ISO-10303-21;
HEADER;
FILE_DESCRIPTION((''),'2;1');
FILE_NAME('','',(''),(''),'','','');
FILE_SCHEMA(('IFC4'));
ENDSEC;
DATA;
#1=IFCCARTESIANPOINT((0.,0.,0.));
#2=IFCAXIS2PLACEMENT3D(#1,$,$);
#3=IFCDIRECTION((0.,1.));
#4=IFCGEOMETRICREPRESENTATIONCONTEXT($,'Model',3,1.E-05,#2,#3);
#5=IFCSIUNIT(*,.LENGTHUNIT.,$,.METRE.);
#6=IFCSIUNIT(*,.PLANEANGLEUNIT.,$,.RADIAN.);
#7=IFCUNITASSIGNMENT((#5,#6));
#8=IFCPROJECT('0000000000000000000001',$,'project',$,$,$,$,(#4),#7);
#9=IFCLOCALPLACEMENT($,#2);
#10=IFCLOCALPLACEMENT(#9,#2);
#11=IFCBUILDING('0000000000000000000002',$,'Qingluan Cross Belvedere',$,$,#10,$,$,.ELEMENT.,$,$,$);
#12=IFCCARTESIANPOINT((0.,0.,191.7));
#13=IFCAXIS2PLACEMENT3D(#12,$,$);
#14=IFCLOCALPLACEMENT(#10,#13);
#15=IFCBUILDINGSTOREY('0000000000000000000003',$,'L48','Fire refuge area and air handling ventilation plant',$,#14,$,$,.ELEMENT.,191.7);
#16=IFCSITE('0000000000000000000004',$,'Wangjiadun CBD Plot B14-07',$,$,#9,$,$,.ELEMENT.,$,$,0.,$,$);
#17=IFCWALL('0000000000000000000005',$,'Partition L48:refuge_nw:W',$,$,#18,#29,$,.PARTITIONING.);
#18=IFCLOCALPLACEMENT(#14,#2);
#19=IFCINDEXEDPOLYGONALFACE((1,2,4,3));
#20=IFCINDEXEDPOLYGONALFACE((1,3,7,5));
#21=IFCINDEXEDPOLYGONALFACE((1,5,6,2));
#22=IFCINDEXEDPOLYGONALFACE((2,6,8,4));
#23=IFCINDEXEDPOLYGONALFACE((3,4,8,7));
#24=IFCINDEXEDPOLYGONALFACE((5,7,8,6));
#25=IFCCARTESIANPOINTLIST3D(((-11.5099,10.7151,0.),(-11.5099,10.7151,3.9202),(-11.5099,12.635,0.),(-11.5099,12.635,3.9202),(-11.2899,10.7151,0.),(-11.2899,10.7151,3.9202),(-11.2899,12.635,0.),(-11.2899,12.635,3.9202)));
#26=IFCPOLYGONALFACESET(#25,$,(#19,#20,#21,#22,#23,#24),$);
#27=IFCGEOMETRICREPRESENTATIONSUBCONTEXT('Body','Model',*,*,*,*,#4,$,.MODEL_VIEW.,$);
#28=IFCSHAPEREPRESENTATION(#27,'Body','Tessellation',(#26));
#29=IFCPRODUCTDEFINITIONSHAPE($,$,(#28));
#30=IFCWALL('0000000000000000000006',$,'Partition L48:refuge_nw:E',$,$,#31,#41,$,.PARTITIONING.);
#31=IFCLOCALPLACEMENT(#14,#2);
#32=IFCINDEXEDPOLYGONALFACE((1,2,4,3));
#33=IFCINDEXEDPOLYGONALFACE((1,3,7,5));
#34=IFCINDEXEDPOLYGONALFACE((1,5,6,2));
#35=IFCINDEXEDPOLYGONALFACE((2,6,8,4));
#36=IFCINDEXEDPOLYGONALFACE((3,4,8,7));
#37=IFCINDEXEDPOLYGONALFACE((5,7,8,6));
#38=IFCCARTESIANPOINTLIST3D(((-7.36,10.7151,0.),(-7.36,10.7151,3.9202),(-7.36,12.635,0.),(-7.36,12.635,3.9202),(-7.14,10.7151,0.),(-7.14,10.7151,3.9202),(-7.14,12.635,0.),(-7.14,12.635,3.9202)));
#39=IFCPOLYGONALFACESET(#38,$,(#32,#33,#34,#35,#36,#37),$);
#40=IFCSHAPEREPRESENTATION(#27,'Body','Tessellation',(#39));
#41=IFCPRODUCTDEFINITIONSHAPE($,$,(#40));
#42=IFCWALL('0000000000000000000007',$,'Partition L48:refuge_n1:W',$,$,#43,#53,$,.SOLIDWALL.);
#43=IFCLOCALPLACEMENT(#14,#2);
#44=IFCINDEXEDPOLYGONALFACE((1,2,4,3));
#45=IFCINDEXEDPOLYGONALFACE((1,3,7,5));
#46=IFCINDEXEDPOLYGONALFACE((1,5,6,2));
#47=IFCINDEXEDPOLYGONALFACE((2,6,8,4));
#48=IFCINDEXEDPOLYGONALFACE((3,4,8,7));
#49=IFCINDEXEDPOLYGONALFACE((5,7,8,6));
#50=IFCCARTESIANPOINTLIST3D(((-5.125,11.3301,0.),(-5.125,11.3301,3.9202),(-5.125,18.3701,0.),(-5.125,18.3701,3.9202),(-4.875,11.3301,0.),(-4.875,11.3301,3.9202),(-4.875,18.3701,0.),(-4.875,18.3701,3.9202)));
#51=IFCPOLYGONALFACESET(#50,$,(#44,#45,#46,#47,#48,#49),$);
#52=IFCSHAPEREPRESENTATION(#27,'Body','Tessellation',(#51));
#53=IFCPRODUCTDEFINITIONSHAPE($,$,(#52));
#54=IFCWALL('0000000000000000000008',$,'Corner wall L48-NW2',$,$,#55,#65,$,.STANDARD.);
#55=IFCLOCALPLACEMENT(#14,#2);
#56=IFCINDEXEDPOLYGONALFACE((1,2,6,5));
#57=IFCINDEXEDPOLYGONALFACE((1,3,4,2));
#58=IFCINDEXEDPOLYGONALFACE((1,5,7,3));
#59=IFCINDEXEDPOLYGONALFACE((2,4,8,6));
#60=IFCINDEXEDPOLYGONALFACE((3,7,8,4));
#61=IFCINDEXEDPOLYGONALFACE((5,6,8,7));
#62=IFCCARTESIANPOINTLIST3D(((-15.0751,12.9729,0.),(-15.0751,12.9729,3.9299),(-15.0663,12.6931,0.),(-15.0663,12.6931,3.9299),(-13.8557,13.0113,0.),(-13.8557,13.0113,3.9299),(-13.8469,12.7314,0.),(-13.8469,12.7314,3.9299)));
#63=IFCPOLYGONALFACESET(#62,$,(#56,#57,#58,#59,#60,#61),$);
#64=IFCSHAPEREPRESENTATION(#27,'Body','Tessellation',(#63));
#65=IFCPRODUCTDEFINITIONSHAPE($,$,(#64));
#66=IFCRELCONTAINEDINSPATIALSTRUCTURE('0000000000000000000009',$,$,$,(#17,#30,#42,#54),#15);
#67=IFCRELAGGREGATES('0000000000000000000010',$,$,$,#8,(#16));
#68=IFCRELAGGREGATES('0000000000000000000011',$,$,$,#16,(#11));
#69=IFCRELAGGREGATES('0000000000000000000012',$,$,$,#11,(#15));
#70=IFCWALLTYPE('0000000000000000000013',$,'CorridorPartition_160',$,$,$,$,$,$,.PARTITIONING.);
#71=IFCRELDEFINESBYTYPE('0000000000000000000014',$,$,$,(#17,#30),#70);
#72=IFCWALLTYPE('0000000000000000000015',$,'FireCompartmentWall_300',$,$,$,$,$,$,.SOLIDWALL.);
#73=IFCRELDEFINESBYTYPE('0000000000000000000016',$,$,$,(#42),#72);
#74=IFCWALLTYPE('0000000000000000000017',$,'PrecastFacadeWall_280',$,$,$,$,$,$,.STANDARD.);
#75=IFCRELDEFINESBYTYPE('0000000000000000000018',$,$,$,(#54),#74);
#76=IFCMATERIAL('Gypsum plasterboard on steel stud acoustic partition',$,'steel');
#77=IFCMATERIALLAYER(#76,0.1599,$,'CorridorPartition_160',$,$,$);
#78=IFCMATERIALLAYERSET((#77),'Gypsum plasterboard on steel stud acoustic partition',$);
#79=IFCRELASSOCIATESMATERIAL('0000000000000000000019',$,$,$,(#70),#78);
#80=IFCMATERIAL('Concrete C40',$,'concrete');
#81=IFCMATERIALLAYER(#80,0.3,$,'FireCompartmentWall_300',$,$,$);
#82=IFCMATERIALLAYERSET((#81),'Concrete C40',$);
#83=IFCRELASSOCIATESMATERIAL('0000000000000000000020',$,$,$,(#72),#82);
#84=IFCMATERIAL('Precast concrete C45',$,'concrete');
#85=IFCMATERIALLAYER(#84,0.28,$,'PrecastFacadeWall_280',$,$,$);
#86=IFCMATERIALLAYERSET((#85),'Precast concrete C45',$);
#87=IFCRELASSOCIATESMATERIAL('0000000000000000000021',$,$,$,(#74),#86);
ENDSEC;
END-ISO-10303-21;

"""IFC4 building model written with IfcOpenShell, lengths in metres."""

from ifc_helpers import new_model, si_unit, direction, frame, frame_2d, origin, place, context, subcontext, project, spatial, rectangle, extrude, material, layer, layer_set, type_object, element, save


model = new_model("IFC4")

# Units and contexts
model_context = context("Model", 3, precision=1e-05, world=origin(), true_north=direction((0.0, 1.0)))
body_context = subcontext(model_context, "Body", "Model", "MODEL_VIEW")
ifc_project = project(units=[si_unit("LENGTHUNIT", "METRE"), si_unit("PLANEANGLEUNIT", "RADIAN")], contexts=[model_context])

# Site, building, storey
site_placement = place(None, origin())
site = spatial("IfcSite", under=ifc_project, at=site_placement, Name="Wangjiadun CBD Plot B14-07", CompositionType="ELEMENT", RefElevation=0.0)
building_placement = place(site_placement, origin())
building = spatial("IfcBuilding", under=site, at=building_placement, Name="Qingluan Cross Belvedere", CompositionType="ELEMENT")
storey_placement = place(building_placement, frame((0.0, 0.0, 191.7)))
storey = spatial("IfcBuildingStorey", under=building, at=storey_placement, Name="L48", Description="Fire refuge area and air handling ventilation plant", CompositionType="ELEMENT", Elevation=191.7)

# Shared definitions
ifc_material_1 = material(Name="Gypsum plasterboard on steel stud acoustic partition", Category="steel")
ifc_layer_1 = layer(ifc_material_1, 0.1599, Name="CorridorPartition_160")
ifc_layer_set_1 = layer_set([ifc_layer_1], Name="Gypsum plasterboard on steel stud acoustic partition")
wall_type_1 = type_object("IfcWallType", Name="CorridorPartition_160", PredefinedType="PARTITIONING", material=ifc_layer_set_1)

# Walls
for number, where, z_axis, x_axis, name in (
    (1, (-11.3999, 10.7151, 0.0), (0.0, 0.0, 1.0), (0.0, 1.0, 0.0), "Partition L48:refuge_nw:W"),
    (2, (-7.25, 10.7151, 0.0), (0.0, 0.0, 1.0), (0.0, 1.0, 0.0), "Partition L48:refuge_nw:E"),
):
    element("IfcWall", number, at=place(storey_placement, frame(where, z_axis=z_axis, x_axis=x_axis)), inside=storey, type_object=wall_type_1, Name=name, PredefinedType="PARTITIONING", context=body_context, shape_type="SweptSolid", body=[
        extrude(rectangle(XDim=1.9199, YDim=0.22, at=frame_2d((0.96, 0.0))), origin(), (0.0, 0.0, 1.0), 3.9202),
    ])

# Shared definitions
ifc_material_2 = material(Name="Concrete C40", Category="concrete")
ifc_layer_2 = layer(ifc_material_2, 0.3, Name="FireCompartmentWall_300")
ifc_layer_set_2 = layer_set([ifc_layer_2], Name="Concrete C40")
wall_type_2 = type_object("IfcWallType", Name="FireCompartmentWall_300", PredefinedType="SOLIDWALL", material=ifc_layer_set_2)

# Walls
wall_1_placement = place(storey_placement, frame((-5.0, 11.3301, 0.0), z_axis=(0.0, 0.0, 1.0), x_axis=(0.0, 1.0, 0.0)))
element("IfcWall", 3, at=wall_1_placement, inside=storey, type_object=wall_type_2, Name="Partition L48:refuge_n1:W", PredefinedType="SOLIDWALL", context=body_context, shape_type="SweptSolid", body=[
    extrude(rectangle(XDim=7.04, YDim=0.25, at=frame_2d((3.52, 0.0))), origin(), (0.0, 0.0, 1.0), 3.9202),
])
ifc_material_3 = material(Name="Precast concrete C45", Category="concrete")
ifc_layer_3 = layer(ifc_material_3, 0.28, Name="PrecastFacadeWall_280")
ifc_layer_set_3 = layer_set([ifc_layer_3], Name="Precast concrete C45")
wall_type_3 = type_object("IfcWallType", Name="PrecastFacadeWall_280", PredefinedType="STANDARD", material=ifc_layer_set_3)
wall_2_placement = place(storey_placement, frame((-15.0706, 12.833, 0.0), z_axis=(0.0, 0.0, 1.0), x_axis=(0.999506, 0.031416, 0.0)))
element("IfcWall", 4, at=wall_2_placement, inside=storey, type_object=wall_type_3, Name="Corner wall L48-NW2", PredefinedType="STANDARD", context=body_context, shape_type="SweptSolid", body=[
    extrude(rectangle(XDim=1.22, YDim=0.28, at=frame_2d((0.6099, 0.0))), origin(), (0.0, 0.0, 1.0), 3.9299),
])

save(model, "model.ifc")
